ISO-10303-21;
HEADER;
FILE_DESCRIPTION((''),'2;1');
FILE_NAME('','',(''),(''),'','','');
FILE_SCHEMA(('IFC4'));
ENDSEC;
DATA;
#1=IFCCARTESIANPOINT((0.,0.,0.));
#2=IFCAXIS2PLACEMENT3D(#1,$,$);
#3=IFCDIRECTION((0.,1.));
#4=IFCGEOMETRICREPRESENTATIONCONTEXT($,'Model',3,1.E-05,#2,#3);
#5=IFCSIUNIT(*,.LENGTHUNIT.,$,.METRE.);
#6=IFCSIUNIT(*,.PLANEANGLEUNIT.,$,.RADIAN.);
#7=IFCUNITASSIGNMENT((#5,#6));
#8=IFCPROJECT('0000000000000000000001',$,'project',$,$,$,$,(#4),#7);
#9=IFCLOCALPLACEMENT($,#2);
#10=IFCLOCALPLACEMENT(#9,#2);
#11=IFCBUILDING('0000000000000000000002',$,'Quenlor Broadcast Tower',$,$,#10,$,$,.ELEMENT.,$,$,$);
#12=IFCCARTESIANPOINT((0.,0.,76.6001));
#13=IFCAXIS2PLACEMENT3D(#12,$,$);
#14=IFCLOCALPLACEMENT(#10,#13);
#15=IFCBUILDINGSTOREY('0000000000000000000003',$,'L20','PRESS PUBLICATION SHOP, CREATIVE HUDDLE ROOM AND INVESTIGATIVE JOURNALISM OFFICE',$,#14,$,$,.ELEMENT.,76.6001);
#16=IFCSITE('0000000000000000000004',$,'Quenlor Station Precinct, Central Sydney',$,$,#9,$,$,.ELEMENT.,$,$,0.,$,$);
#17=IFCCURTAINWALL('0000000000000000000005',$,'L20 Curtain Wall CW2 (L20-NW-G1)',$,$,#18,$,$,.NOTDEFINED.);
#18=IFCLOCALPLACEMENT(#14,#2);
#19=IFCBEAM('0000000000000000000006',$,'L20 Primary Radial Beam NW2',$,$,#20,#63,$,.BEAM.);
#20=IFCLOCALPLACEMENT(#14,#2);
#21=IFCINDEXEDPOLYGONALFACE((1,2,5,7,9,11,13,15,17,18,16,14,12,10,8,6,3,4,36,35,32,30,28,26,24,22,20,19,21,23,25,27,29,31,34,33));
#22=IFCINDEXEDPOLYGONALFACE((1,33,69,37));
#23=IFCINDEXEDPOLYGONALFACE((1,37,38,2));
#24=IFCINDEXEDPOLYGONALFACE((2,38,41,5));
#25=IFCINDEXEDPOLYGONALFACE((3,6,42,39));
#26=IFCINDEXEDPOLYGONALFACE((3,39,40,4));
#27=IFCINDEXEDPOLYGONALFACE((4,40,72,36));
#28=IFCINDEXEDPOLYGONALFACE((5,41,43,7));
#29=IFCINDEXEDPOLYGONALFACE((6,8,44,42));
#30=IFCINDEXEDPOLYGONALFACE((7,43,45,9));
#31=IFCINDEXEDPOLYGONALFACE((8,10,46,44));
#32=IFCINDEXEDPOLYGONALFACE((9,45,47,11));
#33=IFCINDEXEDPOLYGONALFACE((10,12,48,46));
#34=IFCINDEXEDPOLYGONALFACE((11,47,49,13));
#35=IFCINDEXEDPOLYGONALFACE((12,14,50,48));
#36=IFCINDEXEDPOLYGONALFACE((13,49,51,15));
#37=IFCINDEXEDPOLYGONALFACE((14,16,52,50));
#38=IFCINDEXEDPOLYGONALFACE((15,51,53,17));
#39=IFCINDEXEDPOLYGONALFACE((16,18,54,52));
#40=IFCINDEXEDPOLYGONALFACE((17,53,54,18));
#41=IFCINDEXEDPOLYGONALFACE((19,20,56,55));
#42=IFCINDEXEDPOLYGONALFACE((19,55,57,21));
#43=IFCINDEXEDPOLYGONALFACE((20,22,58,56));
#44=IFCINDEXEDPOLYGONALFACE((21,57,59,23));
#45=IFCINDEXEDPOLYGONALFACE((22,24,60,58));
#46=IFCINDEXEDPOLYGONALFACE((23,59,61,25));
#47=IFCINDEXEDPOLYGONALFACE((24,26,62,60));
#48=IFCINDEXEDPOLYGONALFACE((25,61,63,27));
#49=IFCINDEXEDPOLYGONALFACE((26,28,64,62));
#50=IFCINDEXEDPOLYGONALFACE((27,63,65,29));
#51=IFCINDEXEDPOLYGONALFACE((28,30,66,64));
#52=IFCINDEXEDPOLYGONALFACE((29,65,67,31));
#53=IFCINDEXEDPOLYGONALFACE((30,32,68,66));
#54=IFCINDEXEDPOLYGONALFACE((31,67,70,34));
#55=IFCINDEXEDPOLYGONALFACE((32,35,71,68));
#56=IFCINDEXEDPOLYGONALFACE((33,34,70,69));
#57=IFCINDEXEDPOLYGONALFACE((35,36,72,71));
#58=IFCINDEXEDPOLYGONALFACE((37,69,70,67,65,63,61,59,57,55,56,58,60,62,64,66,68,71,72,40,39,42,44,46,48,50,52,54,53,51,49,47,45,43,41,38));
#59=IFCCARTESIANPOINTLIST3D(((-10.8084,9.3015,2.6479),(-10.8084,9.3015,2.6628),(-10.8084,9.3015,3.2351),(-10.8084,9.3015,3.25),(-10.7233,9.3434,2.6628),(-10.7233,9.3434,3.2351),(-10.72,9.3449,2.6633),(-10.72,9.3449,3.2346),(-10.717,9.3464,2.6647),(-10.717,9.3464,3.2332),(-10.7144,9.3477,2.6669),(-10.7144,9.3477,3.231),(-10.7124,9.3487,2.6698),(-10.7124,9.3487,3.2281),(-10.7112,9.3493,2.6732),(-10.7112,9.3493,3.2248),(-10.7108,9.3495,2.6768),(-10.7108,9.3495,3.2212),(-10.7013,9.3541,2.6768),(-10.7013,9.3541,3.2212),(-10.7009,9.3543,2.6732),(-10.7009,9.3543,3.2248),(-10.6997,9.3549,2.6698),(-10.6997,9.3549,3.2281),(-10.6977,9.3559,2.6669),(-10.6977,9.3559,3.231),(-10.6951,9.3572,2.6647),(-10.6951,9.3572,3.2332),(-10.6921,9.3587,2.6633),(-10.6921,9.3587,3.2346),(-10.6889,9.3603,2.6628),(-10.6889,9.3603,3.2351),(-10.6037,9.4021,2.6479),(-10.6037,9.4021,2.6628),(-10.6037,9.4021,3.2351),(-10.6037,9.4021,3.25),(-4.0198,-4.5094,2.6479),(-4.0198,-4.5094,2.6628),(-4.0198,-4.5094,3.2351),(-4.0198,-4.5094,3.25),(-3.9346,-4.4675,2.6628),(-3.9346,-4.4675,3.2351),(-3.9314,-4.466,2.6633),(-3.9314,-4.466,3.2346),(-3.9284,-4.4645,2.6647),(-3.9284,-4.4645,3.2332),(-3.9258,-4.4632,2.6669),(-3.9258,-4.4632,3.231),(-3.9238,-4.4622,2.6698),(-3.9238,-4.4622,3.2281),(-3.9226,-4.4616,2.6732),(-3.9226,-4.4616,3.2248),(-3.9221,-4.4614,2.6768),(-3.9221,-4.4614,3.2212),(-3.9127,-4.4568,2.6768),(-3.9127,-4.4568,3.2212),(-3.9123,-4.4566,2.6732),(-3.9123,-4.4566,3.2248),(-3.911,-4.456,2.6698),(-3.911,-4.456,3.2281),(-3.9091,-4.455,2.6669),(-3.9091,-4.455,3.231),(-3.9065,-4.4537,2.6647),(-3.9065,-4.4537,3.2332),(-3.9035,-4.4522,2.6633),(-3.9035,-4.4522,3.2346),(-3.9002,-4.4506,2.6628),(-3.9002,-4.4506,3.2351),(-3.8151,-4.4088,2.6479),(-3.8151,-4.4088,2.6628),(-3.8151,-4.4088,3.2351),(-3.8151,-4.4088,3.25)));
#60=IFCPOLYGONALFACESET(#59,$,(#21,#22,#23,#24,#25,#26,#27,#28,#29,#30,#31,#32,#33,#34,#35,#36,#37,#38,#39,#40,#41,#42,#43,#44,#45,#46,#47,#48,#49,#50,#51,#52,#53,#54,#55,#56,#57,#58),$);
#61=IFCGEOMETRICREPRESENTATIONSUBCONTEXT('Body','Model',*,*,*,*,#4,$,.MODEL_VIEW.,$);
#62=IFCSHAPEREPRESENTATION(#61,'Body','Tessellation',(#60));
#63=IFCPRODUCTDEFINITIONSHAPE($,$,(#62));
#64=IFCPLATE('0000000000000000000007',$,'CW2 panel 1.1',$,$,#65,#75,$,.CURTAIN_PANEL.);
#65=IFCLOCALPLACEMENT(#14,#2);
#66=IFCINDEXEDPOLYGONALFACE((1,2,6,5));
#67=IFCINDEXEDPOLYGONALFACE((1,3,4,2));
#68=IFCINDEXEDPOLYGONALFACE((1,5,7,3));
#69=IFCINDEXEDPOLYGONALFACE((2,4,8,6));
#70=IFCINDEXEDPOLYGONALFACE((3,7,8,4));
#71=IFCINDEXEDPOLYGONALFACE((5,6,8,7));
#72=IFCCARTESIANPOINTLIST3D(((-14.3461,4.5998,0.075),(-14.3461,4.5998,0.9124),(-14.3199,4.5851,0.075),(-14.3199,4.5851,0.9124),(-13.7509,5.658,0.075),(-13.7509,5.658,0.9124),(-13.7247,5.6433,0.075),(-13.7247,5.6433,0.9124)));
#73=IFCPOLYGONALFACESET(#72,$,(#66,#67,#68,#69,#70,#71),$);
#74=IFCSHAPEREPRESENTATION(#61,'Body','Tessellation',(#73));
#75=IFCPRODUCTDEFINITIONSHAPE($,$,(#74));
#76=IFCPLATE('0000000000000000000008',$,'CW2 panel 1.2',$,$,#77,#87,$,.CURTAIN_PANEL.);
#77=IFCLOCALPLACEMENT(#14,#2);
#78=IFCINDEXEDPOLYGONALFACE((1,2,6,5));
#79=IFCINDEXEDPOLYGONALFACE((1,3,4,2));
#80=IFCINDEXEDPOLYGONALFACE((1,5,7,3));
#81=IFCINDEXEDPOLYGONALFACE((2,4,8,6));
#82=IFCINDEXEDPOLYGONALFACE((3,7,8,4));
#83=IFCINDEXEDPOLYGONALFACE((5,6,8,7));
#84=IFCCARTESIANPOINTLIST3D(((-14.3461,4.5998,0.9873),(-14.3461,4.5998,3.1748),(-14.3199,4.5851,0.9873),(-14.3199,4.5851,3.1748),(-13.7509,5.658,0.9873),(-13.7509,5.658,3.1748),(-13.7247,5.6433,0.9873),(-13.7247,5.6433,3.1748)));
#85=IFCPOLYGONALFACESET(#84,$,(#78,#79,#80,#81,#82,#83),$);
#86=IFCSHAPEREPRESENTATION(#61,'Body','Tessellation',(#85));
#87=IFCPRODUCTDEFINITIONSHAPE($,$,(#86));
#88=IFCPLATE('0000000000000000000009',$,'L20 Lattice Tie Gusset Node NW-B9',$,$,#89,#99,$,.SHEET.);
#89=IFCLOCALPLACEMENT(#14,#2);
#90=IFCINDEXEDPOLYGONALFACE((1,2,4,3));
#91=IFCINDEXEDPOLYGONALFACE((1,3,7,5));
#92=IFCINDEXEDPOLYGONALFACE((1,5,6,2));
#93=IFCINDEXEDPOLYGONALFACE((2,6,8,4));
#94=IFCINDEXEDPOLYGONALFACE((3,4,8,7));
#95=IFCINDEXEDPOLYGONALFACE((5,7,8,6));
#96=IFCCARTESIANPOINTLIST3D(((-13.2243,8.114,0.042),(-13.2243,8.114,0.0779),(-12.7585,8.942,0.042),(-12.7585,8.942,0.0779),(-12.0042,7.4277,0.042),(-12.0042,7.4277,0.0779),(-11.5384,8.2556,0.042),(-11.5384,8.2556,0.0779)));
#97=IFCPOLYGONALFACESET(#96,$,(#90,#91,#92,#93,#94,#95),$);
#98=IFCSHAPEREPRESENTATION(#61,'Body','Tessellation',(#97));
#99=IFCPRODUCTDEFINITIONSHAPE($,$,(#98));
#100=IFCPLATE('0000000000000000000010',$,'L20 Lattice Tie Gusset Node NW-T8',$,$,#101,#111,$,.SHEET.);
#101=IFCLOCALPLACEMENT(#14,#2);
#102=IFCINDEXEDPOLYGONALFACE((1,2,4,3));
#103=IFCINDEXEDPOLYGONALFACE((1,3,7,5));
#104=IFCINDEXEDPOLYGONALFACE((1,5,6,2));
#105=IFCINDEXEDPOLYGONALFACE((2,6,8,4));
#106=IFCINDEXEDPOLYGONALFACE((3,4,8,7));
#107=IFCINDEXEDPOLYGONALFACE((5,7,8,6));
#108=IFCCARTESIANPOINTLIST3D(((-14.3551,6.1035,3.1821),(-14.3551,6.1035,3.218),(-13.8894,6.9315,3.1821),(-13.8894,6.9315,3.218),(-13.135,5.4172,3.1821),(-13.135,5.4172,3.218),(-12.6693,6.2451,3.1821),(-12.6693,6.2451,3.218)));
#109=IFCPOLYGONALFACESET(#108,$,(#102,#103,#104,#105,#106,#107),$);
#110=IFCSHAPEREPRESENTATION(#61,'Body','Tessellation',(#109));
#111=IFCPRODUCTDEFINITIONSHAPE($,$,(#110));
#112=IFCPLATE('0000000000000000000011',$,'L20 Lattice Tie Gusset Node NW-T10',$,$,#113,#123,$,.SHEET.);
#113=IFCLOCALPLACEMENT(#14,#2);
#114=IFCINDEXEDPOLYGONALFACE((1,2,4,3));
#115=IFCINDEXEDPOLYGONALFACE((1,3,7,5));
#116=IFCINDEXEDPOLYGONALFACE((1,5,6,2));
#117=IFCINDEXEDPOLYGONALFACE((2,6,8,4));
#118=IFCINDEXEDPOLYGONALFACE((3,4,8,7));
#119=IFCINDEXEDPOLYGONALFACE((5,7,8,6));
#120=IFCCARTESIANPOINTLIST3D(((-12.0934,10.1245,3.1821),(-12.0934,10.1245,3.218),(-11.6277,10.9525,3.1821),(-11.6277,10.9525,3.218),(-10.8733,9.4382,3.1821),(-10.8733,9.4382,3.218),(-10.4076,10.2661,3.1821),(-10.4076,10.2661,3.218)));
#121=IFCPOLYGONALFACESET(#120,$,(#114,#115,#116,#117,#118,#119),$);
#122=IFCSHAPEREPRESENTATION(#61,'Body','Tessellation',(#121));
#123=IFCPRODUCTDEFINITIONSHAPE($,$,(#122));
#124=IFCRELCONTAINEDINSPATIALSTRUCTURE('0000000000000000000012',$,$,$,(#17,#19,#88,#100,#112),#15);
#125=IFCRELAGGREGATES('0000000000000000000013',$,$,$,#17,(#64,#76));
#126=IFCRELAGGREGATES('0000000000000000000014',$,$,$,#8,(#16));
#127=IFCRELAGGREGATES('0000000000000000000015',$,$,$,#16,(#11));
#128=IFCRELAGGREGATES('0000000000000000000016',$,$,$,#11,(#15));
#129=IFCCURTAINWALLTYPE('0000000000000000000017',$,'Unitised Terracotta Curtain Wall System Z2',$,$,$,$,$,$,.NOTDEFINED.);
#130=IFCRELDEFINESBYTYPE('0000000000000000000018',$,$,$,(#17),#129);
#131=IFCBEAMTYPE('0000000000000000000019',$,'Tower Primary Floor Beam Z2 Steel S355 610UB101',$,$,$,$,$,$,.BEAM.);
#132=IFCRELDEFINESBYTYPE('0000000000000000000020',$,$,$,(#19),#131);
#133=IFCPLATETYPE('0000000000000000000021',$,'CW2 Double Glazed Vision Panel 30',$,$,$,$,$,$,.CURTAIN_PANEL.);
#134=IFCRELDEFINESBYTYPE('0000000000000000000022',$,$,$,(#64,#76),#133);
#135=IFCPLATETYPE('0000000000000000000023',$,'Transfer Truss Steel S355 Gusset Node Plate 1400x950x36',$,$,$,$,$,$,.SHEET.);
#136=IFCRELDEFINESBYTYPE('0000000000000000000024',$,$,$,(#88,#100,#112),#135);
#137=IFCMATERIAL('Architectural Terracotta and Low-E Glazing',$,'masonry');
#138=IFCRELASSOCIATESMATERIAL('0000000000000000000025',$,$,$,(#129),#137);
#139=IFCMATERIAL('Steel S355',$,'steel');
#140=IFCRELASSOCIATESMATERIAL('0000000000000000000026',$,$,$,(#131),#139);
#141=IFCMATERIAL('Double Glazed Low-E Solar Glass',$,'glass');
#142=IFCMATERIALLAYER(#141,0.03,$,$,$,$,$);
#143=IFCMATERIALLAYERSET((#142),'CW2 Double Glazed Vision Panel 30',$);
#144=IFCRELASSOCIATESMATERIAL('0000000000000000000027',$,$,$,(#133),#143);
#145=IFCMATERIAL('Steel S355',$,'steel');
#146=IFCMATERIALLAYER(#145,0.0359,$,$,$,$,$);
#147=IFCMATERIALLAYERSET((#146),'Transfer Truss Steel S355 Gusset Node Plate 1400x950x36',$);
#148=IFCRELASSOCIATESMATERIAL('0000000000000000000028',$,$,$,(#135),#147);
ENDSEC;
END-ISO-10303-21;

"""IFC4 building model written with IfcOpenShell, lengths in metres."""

from ifc_helpers import new_model, si_unit, direction, frame, origin, origin_2d, place, context, subcontext, project, spatial, rectangle, i_section, extrude, material, layer, layer_set, material_profile, profile_set, type_object, element, aggregate, save


model = new_model("IFC4")

# Units and contexts
model_context = context("Model", 3, precision=1e-05, world=origin(), true_north=direction((0.0, 1.0)))
body_context = subcontext(model_context, "Body", "Model", "MODEL_VIEW")
ifc_project = project(units=[si_unit("LENGTHUNIT", "METRE"), si_unit("PLANEANGLEUNIT", "RADIAN")], contexts=[model_context])

# Site, building, storey
site_placement = place(None, origin())
site = spatial("IfcSite", under=ifc_project, at=site_placement, Name="Quenlor Station Precinct, Central Sydney", CompositionType="ELEMENT", RefElevation=0.0)
building_placement = place(site_placement, origin())
building = spatial("IfcBuilding", under=site, at=building_placement, Name="Quenlor Broadcast Tower", CompositionType="ELEMENT")
storey_placement = place(building_placement, frame((0.0, 0.0, 76.6001)))
storey = spatial("IfcBuildingStorey", under=building, at=storey_placement, Name="L20", Description="PRESS PUBLICATION SHOP, CREATIVE HUDDLE ROOM AND INVESTIGATIVE JOURNALISM OFFICE", CompositionType="ELEMENT", Elevation=76.6001)

# Shared definitions
ifc_material_1 = material(Name="Architectural Terracotta and Low-E Glazing", Category="masonry")
curtain_wall_type = type_object("IfcCurtainWallType", Name="Unitised Terracotta Curtain Wall System Z2", PredefinedType="NOTDEFINED", material=ifc_material_1)

# Curtain wall
curtain_wall_1_placement = place(storey_placement, origin())
curtain_wall_1 = element("IfcCurtainWall", 1, at=curtain_wall_1_placement, inside=storey, type_object=curtain_wall_type, Name="L20 Curtain Wall CW2 (L20-NW-G1)", PredefinedType="NOTDEFINED")

# Beam
ifc_material_2 = material(Name="Steel S355", Category="steel")
ifc_material_profile_1 = material_profile(ifc_material_2, i_section(OverallWidth=0.228, OverallDepth=0.6021, WebThickness=0.0105, FlangeThickness=0.0149, FilletRadius=0.0139, at=origin_2d()))
ifc_profile_set_1 = profile_set([ifc_material_profile_1], Name="Steel S355 610UB101")
beam_type_1 = type_object("IfcBeamType", Name="Tower Primary Floor Beam Z2 Steel S355 610UB101", PredefinedType="BEAM", material=ifc_profile_set_1)
beam_1_placement = place(storey_placement, frame((-10.7061, 9.3518, 2.949), z_axis=(0.44113, -0.897443, 0.0), x_axis=(0.897443, 0.44113, 0.0)))
element("IfcBeam", 2, at=beam_1_placement, inside=storey, type_object=beam_type_1, Name="L20 Primary Radial Beam NW2", PredefinedType="BEAM", context=body_context, shape_type="SweptSolid", body=[
    extrude(i_section(OverallWidth=0.228, OverallDepth=0.6021, WebThickness=0.0105, FlangeThickness=0.0149, FilletRadius=0.0139, at=origin_2d()), origin(), (0.0, 0.0, 1.0), 15.3892),
])

# Plates
ifc_material_3 = material(Name="Double Glazed Low-E Solar Glass", Category="glass")
ifc_layer_1 = layer(ifc_material_3, 0.03)
ifc_layer_set_1 = layer_set([ifc_layer_1], Name="CW2 Double Glazed Vision Panel 30")
plate_type_1 = type_object("IfcPlateType", Name="CW2 Double Glazed Vision Panel 30", PredefinedType="CURTAIN_PANEL", material=ifc_layer_set_1)
plate_1_placement = place(storey_placement, frame((-14.0354, 5.1216, 0.075), z_axis=(0.0, 0.0, 1.0), x_axis=(0.490254, 0.871579, 0.0)))
plate_1 = element("IfcPlate", 3, at=plate_1_placement, type_object=plate_type_1, Name="CW2 panel 1.1", PredefinedType="CURTAIN_PANEL", context=body_context, shape_type="SweptSolid", body=[
    extrude(rectangle(XDim=1.2141, YDim=0.03, at=origin_2d()), origin(), (0.0, 0.0, 1.0), 0.8374),
])
plate_2_placement = place(storey_placement, frame((-14.0354, 5.1216, 0.9873), z_axis=(0.0, 0.0, 1.0), x_axis=(0.490254, 0.871579, 0.0)))
plate_2 = element("IfcPlate", 4, at=plate_2_placement, type_object=plate_type_1, Name="CW2 panel 1.2", PredefinedType="CURTAIN_PANEL", context=body_context, shape_type="SweptSolid", body=[
    extrude(rectangle(XDim=1.2141, YDim=0.03, at=origin_2d()), origin(), (0.0, 0.0, 1.0), 2.1875),
])
aggregate(curtain_wall_1, [plate_1, plate_2])

# Plates
ifc_material_4 = material(Name="Steel S355", Category="steel")
ifc_layer_2 = layer(ifc_material_4, 0.0359)
ifc_layer_set_2 = layer_set([ifc_layer_2], Name="Transfer Truss Steel S355 Gusset Node Plate 1400x950x36")
plate_type_2 = type_object("IfcPlateType", Name="Transfer Truss Steel S355 Gusset Node Plate 1400x950x36", PredefinedType="SHEET", material=ifc_layer_set_2)
for number, where, z_axis, x_axis, name in (
    (5, (-12.3813, 8.1848, 0.042), (0.0, 0.0, 1.0), (-0.871556, 0.490295, 0.0), "L20 Lattice Tie Gusset Node NW-B9"),
    (6, (-13.5122, 6.1743, 3.1821), (0.0, 0.0, 1.0), (-0.871556, 0.490295, 0.0), "L20 Lattice Tie Gusset Node NW-T8"),
    (7, (-11.2505, 10.1953, 3.1821), (0.0, 0.0, 1.0), (-0.871556, 0.490295, 0.0), "L20 Lattice Tie Gusset Node NW-T10"),
):
    element("IfcPlate", number, at=place(storey_placement, frame(where, z_axis=z_axis, x_axis=x_axis)), inside=storey, type_object=plate_type_2, Name=name, PredefinedType="SHEET", context=body_context, shape_type="SweptSolid", body=[
        extrude(rectangle(XDim=1.3999, YDim=0.95, at=origin_2d()), origin(), (0.0, 0.0, 1.0), 0.0359),
    ])

save(model, "model.ifc")
